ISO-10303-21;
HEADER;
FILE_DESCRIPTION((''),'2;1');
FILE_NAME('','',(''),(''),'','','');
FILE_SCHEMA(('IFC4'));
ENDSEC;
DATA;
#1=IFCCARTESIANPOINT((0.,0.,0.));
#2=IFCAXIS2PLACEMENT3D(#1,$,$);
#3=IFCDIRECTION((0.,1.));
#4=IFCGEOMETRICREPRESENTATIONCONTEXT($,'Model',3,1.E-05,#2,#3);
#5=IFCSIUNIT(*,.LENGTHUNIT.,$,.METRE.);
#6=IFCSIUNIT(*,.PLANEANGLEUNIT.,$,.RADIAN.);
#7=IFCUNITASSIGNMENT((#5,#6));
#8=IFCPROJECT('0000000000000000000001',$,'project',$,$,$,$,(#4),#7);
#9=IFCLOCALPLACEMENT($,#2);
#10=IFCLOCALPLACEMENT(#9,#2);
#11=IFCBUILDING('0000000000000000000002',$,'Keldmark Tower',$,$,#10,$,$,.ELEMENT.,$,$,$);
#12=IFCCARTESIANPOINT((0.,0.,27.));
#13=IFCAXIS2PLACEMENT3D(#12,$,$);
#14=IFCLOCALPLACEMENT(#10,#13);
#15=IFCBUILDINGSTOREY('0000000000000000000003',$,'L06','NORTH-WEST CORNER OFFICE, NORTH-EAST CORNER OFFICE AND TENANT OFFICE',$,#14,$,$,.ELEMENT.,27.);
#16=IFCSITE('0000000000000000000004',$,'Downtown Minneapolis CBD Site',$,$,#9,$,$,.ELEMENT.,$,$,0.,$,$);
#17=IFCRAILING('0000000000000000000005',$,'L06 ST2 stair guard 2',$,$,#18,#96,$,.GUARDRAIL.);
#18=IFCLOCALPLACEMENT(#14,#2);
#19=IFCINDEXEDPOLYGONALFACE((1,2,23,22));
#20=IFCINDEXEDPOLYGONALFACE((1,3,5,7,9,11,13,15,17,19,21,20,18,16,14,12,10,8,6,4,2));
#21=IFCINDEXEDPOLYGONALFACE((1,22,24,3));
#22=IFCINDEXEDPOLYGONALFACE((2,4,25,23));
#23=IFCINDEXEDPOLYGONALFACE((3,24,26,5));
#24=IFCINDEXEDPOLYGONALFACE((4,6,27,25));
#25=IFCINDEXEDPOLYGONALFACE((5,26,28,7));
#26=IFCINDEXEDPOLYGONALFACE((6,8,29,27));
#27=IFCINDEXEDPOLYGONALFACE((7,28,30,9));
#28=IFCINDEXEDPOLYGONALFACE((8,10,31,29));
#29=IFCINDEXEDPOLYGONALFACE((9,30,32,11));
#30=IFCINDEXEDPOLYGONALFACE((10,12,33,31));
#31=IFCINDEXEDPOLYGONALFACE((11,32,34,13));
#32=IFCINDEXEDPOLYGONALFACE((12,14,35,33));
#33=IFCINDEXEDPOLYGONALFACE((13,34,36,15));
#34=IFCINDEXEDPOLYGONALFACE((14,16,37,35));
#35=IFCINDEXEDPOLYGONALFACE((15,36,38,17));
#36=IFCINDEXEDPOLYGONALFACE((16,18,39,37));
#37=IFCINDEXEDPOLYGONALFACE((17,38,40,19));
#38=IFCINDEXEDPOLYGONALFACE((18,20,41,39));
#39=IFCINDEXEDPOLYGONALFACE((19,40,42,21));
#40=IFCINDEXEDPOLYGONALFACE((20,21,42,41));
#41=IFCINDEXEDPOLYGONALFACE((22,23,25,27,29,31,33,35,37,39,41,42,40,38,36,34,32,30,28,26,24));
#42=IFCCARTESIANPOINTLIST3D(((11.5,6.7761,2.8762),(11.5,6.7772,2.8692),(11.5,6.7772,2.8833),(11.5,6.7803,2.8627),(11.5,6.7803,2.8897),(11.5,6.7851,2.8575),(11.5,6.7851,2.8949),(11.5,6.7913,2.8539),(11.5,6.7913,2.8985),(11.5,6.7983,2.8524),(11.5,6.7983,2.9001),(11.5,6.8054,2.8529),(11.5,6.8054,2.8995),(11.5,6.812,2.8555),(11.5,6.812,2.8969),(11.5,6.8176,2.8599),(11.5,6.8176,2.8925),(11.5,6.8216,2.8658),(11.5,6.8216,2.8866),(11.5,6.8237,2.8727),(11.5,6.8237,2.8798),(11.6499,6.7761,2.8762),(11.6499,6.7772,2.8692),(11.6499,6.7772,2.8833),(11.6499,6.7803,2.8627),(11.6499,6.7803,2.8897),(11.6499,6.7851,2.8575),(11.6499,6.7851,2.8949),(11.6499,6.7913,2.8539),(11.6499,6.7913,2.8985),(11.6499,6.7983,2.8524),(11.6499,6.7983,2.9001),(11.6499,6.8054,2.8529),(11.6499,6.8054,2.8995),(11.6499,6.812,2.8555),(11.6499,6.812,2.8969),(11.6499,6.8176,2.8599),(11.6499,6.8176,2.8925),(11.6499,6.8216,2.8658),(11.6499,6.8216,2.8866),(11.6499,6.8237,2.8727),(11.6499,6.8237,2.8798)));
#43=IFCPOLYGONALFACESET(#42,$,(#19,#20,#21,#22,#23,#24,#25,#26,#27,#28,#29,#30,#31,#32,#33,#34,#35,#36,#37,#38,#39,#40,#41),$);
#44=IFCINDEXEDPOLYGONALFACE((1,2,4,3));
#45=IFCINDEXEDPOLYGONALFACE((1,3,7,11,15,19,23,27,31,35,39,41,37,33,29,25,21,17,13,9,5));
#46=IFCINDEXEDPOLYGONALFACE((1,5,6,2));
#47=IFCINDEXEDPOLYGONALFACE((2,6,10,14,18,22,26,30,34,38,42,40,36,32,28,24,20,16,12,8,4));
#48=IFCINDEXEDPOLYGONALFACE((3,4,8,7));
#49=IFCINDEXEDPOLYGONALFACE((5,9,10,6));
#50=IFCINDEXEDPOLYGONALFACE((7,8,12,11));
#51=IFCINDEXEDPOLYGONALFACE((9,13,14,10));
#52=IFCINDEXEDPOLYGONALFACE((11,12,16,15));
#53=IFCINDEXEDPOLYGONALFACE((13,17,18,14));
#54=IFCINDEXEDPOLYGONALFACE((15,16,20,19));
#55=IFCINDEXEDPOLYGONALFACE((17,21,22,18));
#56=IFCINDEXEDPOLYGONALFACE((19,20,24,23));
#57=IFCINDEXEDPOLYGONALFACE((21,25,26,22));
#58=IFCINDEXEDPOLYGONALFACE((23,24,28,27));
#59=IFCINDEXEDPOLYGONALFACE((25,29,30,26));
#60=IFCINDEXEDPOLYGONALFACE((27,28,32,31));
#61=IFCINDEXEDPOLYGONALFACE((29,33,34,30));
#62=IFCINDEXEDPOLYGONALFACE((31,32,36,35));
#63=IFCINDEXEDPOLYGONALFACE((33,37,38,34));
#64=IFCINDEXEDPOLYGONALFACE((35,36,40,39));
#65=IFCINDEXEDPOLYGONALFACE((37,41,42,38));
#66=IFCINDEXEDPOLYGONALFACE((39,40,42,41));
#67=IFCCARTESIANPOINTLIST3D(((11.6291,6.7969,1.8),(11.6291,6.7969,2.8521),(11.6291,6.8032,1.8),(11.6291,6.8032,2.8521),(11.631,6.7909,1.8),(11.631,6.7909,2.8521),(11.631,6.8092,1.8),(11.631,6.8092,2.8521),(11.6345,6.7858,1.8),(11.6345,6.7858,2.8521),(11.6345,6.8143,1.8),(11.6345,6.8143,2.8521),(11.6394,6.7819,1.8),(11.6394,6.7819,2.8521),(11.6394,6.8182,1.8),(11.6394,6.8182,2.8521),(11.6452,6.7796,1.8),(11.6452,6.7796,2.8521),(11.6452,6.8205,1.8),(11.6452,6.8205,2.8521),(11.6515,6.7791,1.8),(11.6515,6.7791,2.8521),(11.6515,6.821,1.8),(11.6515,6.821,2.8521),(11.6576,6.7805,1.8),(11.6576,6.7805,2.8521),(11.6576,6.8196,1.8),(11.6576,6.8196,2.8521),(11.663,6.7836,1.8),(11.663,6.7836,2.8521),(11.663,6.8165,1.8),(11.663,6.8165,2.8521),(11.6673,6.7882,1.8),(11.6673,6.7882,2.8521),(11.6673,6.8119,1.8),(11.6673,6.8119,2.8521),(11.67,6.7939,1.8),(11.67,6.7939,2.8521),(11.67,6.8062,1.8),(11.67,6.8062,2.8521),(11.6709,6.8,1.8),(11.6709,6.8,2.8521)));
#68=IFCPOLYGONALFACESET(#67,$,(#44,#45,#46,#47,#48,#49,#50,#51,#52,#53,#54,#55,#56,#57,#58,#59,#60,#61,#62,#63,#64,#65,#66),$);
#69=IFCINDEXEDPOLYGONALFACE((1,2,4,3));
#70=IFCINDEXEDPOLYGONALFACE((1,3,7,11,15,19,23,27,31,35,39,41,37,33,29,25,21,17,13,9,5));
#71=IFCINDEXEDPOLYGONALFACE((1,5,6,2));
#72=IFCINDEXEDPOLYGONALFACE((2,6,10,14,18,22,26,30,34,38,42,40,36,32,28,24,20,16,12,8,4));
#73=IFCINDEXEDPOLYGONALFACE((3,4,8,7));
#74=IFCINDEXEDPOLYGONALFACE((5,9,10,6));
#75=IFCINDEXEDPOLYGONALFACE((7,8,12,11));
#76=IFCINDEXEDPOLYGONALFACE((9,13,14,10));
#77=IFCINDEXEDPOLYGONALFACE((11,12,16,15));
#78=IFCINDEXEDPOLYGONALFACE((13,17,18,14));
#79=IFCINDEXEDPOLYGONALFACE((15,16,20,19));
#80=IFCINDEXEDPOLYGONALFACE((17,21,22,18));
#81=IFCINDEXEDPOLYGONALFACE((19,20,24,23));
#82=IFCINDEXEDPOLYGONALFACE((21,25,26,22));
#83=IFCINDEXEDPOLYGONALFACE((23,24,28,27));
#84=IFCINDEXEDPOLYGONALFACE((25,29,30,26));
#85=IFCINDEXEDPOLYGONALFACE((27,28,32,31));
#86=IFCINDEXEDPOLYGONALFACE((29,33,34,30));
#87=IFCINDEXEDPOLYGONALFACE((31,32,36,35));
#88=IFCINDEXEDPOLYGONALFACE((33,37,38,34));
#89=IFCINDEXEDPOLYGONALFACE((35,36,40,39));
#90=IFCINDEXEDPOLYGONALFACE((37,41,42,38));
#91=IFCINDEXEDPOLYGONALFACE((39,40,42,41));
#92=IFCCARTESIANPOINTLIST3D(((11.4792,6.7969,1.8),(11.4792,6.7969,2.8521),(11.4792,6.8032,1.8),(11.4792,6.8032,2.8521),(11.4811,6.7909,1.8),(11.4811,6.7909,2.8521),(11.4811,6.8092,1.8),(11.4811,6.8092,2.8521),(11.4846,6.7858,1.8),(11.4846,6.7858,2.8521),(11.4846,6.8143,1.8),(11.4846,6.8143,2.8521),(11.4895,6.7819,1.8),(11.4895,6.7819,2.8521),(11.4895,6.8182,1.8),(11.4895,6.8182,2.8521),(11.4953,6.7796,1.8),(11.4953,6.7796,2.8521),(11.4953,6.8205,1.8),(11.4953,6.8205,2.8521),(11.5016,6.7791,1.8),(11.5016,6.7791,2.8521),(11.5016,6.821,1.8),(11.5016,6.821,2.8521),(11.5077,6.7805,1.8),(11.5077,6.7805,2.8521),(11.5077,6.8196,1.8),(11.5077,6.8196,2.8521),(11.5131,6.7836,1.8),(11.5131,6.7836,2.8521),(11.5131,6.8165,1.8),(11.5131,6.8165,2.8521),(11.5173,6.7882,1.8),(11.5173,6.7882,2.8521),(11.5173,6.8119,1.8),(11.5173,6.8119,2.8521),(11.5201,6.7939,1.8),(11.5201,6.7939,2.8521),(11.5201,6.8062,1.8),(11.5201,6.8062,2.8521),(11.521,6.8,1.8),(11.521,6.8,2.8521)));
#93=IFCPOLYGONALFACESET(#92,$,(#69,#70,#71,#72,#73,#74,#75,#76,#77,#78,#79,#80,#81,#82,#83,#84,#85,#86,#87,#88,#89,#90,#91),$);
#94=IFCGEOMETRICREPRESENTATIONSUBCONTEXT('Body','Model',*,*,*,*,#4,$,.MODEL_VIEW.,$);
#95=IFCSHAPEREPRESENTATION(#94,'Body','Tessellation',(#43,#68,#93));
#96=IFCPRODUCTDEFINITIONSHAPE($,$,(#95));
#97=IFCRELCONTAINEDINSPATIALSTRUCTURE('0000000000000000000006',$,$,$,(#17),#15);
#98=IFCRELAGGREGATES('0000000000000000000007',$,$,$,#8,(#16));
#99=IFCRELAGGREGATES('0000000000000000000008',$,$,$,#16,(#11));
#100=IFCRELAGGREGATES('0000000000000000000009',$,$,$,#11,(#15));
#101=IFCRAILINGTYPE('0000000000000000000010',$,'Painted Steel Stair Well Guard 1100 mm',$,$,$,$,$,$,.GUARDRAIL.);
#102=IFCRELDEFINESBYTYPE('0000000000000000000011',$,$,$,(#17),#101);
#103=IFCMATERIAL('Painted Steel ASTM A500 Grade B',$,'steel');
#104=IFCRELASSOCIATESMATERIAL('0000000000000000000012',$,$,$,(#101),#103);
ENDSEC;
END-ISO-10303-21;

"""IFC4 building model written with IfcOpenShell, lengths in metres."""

from ifc_helpers import new_model, si_unit, direction, frame, origin, origin_2d, place, context, subcontext, project, spatial, circle, extrude, material, type_object, element, save


model = new_model("IFC4")

# Units and contexts
model_context = context("Model", 3, precision=1e-05, world=origin(), true_north=direction((0.0, 1.0)))
body_context = subcontext(model_context, "Body", "Model", "MODEL_VIEW")
ifc_project = project(units=[si_unit("LENGTHUNIT", "METRE"), si_unit("PLANEANGLEUNIT", "RADIAN")], contexts=[model_context])

# Site, building, storey
site_placement = place(None, origin())
site = spatial("IfcSite", under=ifc_project, at=site_placement, Name="Downtown Minneapolis CBD Site", CompositionType="ELEMENT", RefElevation=0.0)
building_placement = place(site_placement, origin())
building = spatial("IfcBuilding", under=site, at=building_placement, Name="Keldmark Tower", CompositionType="ELEMENT")
storey_placement = place(building_placement, frame((0.0, 0.0, 27.0)))
storey = spatial("IfcBuildingStorey", under=building, at=storey_placement, Name="L06", Description="NORTH-WEST CORNER OFFICE, NORTH-EAST CORNER OFFICE AND TENANT OFFICE", CompositionType="ELEMENT", Elevation=27.0)

# Railing
ifc_material_1 = material(Name="Painted Steel ASTM A500 Grade B", Category="steel")
railing_type_1 = type_object("IfcRailingType", Name="Painted Steel Stair Well Guard 1100 mm", PredefinedType="GUARDRAIL", material=ifc_material_1)
railing_1_placement = place(storey_placement, frame((11.6499, 6.8, 1.8)))
element("IfcRailing", 1, at=railing_1_placement, inside=storey, type_object=railing_type_1, Name="L06 ST2 stair guard 2", PredefinedType="GUARDRAIL", context=body_context, shape_type="SweptSolid", body=[
    extrude(circle(Radius=0.0239, at=origin_2d()), frame((0.0, 0.0, 1.0762), z_axis=(-1.0, 0.0, 0.0), x_axis=(0.0, -1.0, 0.0)), (0.0, 0.0, 1.0), 0.1499),
    extrude(circle(Radius=0.021, at=origin_2d()), origin(), (0.0, 0.0, 1.0), 1.052),
    extrude(circle(Radius=0.021, at=origin_2d()), frame((-0.1499, 0.0, 0.0)), (0.0, 0.0, 1.0), 1.052),
])

save(model, "model.ifc")
